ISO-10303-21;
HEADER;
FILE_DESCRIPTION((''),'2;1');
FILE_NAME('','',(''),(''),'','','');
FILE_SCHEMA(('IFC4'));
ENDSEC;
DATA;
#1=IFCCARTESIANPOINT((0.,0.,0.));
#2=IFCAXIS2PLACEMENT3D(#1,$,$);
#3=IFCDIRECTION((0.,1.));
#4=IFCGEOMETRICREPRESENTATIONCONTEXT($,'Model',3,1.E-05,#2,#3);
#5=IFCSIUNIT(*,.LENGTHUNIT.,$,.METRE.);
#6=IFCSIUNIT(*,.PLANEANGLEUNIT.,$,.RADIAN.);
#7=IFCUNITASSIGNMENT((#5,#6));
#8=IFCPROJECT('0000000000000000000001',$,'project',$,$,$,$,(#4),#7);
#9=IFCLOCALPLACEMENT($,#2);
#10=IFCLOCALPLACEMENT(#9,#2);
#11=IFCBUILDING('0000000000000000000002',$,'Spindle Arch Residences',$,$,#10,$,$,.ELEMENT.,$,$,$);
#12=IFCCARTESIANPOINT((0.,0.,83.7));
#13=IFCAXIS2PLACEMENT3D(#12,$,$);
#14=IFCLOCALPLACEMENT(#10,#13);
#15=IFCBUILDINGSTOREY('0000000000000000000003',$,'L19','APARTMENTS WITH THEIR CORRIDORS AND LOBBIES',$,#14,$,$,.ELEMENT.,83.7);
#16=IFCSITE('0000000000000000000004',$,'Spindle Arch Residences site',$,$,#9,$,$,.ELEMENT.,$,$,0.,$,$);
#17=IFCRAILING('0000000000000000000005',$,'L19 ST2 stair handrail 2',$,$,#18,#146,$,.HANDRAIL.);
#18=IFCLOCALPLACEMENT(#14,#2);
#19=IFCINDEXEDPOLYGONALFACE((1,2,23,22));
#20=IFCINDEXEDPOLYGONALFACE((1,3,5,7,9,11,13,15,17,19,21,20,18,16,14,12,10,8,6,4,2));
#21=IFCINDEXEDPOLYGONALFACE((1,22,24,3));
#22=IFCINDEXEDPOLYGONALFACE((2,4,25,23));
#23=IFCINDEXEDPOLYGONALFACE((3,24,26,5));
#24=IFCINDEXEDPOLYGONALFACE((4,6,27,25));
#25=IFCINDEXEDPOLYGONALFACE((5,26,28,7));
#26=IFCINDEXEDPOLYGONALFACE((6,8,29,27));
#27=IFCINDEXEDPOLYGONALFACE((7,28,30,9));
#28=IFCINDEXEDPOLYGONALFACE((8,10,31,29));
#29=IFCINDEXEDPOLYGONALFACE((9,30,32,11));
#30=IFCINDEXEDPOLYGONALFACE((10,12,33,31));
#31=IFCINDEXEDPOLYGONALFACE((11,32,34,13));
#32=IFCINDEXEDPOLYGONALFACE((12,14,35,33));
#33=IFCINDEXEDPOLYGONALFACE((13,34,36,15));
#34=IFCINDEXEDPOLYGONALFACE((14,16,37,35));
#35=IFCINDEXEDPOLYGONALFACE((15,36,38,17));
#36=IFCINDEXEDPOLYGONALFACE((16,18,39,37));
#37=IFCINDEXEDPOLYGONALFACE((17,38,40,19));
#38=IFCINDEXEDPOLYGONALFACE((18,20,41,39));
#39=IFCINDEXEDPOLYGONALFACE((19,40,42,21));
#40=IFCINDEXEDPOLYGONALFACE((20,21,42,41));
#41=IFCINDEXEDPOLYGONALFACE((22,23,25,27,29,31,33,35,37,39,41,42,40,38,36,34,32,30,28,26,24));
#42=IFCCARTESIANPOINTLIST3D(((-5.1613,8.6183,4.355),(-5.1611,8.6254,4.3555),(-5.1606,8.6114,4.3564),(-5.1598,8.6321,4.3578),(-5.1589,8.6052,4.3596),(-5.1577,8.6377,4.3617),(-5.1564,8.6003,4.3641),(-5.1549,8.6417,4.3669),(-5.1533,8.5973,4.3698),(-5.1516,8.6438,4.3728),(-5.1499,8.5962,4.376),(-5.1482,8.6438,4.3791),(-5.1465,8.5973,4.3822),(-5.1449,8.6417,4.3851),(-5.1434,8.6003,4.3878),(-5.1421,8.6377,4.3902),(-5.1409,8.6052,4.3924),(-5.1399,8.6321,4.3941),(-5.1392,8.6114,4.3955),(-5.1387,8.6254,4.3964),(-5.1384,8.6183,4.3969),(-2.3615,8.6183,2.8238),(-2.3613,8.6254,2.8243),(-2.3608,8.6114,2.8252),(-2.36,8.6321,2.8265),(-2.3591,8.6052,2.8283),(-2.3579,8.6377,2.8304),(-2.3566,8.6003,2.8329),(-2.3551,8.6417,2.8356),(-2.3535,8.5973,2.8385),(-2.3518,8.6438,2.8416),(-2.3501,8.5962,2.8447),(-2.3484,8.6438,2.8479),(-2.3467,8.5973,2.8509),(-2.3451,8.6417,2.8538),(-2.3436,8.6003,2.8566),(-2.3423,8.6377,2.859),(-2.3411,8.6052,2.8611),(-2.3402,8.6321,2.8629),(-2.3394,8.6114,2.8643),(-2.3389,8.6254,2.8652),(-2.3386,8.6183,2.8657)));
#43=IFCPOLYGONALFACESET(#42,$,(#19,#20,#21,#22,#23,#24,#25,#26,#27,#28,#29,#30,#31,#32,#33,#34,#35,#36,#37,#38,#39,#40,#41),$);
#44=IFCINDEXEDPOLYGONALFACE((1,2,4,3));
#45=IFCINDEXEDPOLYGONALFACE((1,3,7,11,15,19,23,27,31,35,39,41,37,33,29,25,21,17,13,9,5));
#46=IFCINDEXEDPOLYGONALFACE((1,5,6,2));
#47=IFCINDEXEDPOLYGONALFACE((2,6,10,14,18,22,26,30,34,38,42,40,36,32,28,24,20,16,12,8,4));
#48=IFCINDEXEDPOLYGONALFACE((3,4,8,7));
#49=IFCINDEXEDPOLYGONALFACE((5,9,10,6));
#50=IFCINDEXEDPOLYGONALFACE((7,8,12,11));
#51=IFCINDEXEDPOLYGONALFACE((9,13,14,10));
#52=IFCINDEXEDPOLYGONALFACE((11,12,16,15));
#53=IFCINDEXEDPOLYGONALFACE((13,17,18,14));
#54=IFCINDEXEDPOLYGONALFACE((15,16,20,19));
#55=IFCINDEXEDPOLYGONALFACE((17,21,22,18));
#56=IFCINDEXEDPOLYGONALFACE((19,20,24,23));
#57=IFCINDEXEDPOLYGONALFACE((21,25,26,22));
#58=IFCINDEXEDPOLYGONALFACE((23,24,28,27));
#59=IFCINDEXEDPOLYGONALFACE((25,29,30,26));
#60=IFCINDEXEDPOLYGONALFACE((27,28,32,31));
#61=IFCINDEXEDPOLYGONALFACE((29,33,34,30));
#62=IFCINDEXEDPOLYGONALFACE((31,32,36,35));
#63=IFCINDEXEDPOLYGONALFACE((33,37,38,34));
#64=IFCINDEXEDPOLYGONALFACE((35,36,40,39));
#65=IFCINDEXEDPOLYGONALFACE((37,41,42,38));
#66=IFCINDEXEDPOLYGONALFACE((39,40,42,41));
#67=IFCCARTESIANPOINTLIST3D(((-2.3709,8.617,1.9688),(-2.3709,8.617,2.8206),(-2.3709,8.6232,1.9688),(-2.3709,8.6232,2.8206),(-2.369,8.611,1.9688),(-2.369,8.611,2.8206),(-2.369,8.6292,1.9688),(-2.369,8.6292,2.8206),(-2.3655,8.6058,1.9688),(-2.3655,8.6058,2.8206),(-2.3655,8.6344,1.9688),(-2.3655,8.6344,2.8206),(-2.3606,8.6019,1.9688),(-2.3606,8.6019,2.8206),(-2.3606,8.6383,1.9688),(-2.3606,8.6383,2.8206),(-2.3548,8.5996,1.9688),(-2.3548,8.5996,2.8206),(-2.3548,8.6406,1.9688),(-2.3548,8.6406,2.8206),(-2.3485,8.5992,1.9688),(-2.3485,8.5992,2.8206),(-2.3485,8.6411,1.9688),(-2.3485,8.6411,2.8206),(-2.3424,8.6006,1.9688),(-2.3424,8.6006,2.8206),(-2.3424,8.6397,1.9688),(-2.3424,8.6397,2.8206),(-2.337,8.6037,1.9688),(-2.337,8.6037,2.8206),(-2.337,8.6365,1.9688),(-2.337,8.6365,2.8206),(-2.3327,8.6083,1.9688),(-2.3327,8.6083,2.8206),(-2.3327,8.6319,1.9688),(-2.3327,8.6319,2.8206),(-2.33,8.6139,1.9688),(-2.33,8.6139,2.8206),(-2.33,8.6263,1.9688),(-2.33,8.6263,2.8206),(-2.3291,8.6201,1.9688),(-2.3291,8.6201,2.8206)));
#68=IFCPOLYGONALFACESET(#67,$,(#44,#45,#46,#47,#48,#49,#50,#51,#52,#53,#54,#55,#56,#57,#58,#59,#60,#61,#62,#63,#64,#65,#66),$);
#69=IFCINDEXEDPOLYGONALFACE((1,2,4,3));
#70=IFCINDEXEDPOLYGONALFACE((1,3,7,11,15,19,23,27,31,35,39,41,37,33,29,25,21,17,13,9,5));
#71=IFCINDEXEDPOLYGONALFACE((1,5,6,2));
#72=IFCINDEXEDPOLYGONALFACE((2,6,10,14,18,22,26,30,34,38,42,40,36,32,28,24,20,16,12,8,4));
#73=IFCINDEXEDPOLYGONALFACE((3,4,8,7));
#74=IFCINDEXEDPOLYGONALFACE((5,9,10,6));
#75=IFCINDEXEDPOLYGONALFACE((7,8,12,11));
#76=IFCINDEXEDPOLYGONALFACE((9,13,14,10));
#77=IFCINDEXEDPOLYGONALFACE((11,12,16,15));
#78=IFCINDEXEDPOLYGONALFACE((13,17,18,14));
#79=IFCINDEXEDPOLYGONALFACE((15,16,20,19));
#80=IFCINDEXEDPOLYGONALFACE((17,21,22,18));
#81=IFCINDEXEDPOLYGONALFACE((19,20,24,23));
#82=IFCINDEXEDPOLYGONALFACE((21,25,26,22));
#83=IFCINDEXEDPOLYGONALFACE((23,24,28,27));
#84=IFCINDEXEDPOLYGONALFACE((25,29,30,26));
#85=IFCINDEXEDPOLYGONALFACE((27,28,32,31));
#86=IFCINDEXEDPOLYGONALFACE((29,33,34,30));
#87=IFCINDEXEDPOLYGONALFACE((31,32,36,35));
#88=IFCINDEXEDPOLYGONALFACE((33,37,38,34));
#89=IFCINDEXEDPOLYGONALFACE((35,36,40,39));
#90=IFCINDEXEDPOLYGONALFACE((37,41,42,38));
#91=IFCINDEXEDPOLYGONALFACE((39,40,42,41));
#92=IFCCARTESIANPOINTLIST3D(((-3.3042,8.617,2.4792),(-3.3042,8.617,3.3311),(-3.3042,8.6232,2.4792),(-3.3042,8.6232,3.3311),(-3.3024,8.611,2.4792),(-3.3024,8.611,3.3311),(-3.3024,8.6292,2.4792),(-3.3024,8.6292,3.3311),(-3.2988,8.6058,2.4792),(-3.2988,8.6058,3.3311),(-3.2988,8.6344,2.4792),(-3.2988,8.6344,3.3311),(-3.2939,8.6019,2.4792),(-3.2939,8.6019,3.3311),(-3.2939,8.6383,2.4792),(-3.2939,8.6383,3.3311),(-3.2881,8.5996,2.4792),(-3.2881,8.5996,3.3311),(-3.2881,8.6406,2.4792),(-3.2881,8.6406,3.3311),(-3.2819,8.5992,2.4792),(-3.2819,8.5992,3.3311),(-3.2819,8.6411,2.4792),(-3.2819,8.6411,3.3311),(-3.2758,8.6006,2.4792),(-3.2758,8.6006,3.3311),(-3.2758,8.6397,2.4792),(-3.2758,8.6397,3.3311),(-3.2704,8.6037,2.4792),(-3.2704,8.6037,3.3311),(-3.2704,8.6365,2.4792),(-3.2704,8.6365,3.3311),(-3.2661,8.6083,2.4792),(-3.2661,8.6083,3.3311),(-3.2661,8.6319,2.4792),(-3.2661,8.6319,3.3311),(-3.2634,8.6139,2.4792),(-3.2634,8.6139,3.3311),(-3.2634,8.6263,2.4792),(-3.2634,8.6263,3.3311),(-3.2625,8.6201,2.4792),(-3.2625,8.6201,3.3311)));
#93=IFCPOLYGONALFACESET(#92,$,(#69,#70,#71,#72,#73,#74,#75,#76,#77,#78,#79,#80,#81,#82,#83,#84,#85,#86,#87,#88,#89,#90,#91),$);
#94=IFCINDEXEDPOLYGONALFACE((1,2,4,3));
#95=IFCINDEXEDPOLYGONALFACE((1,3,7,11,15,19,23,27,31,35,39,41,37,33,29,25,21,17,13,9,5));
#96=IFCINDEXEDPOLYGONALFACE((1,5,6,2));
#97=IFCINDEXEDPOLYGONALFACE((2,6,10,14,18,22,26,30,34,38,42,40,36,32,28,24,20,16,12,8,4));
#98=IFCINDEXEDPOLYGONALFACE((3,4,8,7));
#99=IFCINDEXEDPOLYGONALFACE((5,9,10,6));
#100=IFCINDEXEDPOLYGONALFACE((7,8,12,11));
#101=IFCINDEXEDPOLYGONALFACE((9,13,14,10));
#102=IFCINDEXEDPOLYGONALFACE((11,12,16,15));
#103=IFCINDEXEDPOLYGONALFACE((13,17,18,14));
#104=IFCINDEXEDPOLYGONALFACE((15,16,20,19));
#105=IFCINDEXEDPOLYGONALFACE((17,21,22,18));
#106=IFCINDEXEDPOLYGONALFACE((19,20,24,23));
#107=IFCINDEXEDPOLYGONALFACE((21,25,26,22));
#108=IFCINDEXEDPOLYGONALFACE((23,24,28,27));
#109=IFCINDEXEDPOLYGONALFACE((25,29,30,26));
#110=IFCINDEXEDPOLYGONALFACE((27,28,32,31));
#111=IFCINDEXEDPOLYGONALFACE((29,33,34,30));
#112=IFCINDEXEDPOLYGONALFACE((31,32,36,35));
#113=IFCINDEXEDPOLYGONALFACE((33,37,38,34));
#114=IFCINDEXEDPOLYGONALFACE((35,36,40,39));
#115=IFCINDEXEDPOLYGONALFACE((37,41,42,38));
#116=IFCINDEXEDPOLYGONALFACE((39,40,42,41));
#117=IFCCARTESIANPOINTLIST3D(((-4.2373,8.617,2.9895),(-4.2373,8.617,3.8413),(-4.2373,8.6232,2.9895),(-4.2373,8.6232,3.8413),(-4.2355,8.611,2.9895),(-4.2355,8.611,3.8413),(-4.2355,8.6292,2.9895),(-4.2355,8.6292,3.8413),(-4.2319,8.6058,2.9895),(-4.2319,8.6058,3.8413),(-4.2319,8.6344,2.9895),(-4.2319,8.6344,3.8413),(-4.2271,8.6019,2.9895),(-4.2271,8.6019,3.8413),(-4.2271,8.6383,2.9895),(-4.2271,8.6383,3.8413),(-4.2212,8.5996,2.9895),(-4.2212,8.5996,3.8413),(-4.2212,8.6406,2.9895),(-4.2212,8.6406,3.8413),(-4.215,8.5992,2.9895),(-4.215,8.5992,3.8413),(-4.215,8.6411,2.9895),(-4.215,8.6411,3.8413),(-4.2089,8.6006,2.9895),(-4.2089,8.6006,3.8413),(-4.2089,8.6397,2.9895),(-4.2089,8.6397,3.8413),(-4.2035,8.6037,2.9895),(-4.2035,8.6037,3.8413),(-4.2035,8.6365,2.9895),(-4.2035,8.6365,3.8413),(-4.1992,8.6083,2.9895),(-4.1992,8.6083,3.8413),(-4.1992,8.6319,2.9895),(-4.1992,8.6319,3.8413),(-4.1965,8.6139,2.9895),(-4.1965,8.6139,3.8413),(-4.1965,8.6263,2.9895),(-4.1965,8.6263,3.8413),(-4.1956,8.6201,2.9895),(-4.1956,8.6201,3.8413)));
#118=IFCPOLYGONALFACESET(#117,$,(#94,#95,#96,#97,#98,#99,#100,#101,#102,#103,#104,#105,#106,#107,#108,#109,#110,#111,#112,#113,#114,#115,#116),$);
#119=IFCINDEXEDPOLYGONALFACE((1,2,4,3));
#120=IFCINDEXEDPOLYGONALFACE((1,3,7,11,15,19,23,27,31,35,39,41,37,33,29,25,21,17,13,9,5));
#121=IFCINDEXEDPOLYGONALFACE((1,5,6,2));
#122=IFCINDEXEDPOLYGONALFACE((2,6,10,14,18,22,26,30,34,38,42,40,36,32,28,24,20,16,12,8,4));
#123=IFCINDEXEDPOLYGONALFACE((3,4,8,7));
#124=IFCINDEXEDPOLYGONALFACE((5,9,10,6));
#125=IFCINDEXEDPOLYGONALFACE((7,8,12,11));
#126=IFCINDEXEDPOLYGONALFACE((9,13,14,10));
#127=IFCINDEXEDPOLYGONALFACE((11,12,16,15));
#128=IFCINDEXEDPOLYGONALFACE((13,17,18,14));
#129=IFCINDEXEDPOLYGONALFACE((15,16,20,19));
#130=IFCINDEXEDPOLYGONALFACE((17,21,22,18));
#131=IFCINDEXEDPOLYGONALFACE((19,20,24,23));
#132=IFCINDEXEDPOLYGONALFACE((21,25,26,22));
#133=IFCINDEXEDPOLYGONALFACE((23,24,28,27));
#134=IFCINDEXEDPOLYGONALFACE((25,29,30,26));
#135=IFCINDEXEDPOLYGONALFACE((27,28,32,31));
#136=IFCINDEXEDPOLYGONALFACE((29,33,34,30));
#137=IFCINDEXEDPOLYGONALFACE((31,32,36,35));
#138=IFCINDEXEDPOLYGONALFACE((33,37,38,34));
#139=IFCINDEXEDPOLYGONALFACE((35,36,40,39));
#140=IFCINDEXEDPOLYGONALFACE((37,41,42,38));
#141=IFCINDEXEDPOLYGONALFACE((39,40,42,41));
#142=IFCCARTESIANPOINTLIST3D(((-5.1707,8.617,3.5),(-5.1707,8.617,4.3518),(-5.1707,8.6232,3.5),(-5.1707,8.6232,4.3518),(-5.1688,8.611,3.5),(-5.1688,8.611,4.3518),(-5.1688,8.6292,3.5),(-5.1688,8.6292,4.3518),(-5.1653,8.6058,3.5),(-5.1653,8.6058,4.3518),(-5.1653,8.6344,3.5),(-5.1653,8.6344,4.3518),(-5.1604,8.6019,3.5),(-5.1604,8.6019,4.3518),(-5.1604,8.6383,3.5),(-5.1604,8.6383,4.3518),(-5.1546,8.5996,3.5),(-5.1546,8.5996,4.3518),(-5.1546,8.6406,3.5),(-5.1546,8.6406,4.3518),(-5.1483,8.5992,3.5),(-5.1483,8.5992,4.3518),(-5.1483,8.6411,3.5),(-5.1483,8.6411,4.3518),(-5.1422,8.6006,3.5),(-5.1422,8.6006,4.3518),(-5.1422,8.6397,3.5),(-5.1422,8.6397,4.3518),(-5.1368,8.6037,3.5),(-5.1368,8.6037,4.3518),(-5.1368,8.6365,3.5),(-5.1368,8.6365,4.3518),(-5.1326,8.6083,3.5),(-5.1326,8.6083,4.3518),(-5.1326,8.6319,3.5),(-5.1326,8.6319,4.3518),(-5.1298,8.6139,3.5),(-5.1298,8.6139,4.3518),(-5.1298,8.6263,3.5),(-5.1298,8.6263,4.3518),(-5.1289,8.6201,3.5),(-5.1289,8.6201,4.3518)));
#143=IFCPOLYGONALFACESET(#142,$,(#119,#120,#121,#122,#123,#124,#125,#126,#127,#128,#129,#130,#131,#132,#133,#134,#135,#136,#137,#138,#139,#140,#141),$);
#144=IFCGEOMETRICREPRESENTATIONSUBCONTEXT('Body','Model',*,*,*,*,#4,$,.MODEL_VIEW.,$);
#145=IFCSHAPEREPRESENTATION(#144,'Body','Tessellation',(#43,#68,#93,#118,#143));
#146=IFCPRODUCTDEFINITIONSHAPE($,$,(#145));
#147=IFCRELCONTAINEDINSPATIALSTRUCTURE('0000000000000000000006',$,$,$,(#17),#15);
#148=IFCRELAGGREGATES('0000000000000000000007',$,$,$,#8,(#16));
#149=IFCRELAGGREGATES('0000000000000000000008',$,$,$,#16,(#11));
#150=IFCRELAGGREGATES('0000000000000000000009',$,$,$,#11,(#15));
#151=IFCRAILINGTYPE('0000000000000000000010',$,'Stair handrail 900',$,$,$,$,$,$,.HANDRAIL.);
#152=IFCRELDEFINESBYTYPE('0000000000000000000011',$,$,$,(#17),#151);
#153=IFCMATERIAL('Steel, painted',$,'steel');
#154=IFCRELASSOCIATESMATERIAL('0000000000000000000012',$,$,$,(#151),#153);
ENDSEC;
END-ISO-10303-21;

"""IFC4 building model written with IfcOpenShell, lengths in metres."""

from ifc_helpers import new_model, si_unit, direction, frame, origin, origin_2d, place, context, subcontext, project, spatial, circle, extrude, material, type_object, element, save


model = new_model("IFC4")

# Units and contexts
model_context = context("Model", 3, precision=1e-05, world=origin(), true_north=direction((0.0, 1.0)))
body_context = subcontext(model_context, "Body", "Model", "MODEL_VIEW")
ifc_project = project(units=[si_unit("LENGTHUNIT", "METRE"), si_unit("PLANEANGLEUNIT", "RADIAN")], contexts=[model_context])

# Site, building, storey
site_placement = place(None, origin())
site = spatial("IfcSite", under=ifc_project, at=site_placement, Name="Spindle Arch Residences site", CompositionType="ELEMENT", RefElevation=0.0)
building_placement = place(site_placement, origin())
building = spatial("IfcBuilding", under=site, at=building_placement, Name="Spindle Arch Residences", CompositionType="ELEMENT")
storey_placement = place(building_placement, frame((0.0, 0.0, 83.7)))
storey = spatial("IfcBuildingStorey", under=building, at=storey_placement, Name="L19", Description="APARTMENTS WITH THEIR CORRIDORS AND LOBBIES", CompositionType="ELEMENT", Elevation=83.7)

# Railing
ifc_material_1 = material(Name="Steel, painted", Category="steel")
railing_type = type_object("IfcRailingType", Name="Stair handrail 900", PredefinedType="HANDRAIL", material=ifc_material_1)
railing_placement = place(storey_placement, frame((-2.3501, 8.6201, 1.9688)))
element("IfcRailing", 1, at=railing_placement, inside=storey, type_object=railing_type, Name="L19 ST2 stair handrail 2", PredefinedType="HANDRAIL", context=body_context, shape_type="SweptSolid", body=[
    extrude(circle(Radius=0.0239, at=origin_2d()), frame((0.0, 0.0, 0.876), z_axis=(-0.877357, 0.0, 0.479838), x_axis=(0.0, -1.0, 0.0)), (0.0, 0.0, 1.0), 3.1912),
    extrude(circle(Radius=0.021, at=origin_2d()), origin(), (0.0, 0.0, 1.0), 0.8518),
    extrude(circle(Radius=0.021, at=origin_2d()), frame((-0.9333, 0.0, 0.5105)), (0.0, 0.0, 1.0), 0.8518),
    extrude(circle(Radius=0.021, at=origin_2d()), frame((-1.8665, 0.0, 1.0208)), (0.0, 0.0, 1.0), 0.8518),
    extrude(circle(Radius=0.021, at=origin_2d()), frame((-2.7998, 0.0, 1.5312)), (0.0, 0.0, 1.0), 0.8518),
])

save(model, "model.ifc")
